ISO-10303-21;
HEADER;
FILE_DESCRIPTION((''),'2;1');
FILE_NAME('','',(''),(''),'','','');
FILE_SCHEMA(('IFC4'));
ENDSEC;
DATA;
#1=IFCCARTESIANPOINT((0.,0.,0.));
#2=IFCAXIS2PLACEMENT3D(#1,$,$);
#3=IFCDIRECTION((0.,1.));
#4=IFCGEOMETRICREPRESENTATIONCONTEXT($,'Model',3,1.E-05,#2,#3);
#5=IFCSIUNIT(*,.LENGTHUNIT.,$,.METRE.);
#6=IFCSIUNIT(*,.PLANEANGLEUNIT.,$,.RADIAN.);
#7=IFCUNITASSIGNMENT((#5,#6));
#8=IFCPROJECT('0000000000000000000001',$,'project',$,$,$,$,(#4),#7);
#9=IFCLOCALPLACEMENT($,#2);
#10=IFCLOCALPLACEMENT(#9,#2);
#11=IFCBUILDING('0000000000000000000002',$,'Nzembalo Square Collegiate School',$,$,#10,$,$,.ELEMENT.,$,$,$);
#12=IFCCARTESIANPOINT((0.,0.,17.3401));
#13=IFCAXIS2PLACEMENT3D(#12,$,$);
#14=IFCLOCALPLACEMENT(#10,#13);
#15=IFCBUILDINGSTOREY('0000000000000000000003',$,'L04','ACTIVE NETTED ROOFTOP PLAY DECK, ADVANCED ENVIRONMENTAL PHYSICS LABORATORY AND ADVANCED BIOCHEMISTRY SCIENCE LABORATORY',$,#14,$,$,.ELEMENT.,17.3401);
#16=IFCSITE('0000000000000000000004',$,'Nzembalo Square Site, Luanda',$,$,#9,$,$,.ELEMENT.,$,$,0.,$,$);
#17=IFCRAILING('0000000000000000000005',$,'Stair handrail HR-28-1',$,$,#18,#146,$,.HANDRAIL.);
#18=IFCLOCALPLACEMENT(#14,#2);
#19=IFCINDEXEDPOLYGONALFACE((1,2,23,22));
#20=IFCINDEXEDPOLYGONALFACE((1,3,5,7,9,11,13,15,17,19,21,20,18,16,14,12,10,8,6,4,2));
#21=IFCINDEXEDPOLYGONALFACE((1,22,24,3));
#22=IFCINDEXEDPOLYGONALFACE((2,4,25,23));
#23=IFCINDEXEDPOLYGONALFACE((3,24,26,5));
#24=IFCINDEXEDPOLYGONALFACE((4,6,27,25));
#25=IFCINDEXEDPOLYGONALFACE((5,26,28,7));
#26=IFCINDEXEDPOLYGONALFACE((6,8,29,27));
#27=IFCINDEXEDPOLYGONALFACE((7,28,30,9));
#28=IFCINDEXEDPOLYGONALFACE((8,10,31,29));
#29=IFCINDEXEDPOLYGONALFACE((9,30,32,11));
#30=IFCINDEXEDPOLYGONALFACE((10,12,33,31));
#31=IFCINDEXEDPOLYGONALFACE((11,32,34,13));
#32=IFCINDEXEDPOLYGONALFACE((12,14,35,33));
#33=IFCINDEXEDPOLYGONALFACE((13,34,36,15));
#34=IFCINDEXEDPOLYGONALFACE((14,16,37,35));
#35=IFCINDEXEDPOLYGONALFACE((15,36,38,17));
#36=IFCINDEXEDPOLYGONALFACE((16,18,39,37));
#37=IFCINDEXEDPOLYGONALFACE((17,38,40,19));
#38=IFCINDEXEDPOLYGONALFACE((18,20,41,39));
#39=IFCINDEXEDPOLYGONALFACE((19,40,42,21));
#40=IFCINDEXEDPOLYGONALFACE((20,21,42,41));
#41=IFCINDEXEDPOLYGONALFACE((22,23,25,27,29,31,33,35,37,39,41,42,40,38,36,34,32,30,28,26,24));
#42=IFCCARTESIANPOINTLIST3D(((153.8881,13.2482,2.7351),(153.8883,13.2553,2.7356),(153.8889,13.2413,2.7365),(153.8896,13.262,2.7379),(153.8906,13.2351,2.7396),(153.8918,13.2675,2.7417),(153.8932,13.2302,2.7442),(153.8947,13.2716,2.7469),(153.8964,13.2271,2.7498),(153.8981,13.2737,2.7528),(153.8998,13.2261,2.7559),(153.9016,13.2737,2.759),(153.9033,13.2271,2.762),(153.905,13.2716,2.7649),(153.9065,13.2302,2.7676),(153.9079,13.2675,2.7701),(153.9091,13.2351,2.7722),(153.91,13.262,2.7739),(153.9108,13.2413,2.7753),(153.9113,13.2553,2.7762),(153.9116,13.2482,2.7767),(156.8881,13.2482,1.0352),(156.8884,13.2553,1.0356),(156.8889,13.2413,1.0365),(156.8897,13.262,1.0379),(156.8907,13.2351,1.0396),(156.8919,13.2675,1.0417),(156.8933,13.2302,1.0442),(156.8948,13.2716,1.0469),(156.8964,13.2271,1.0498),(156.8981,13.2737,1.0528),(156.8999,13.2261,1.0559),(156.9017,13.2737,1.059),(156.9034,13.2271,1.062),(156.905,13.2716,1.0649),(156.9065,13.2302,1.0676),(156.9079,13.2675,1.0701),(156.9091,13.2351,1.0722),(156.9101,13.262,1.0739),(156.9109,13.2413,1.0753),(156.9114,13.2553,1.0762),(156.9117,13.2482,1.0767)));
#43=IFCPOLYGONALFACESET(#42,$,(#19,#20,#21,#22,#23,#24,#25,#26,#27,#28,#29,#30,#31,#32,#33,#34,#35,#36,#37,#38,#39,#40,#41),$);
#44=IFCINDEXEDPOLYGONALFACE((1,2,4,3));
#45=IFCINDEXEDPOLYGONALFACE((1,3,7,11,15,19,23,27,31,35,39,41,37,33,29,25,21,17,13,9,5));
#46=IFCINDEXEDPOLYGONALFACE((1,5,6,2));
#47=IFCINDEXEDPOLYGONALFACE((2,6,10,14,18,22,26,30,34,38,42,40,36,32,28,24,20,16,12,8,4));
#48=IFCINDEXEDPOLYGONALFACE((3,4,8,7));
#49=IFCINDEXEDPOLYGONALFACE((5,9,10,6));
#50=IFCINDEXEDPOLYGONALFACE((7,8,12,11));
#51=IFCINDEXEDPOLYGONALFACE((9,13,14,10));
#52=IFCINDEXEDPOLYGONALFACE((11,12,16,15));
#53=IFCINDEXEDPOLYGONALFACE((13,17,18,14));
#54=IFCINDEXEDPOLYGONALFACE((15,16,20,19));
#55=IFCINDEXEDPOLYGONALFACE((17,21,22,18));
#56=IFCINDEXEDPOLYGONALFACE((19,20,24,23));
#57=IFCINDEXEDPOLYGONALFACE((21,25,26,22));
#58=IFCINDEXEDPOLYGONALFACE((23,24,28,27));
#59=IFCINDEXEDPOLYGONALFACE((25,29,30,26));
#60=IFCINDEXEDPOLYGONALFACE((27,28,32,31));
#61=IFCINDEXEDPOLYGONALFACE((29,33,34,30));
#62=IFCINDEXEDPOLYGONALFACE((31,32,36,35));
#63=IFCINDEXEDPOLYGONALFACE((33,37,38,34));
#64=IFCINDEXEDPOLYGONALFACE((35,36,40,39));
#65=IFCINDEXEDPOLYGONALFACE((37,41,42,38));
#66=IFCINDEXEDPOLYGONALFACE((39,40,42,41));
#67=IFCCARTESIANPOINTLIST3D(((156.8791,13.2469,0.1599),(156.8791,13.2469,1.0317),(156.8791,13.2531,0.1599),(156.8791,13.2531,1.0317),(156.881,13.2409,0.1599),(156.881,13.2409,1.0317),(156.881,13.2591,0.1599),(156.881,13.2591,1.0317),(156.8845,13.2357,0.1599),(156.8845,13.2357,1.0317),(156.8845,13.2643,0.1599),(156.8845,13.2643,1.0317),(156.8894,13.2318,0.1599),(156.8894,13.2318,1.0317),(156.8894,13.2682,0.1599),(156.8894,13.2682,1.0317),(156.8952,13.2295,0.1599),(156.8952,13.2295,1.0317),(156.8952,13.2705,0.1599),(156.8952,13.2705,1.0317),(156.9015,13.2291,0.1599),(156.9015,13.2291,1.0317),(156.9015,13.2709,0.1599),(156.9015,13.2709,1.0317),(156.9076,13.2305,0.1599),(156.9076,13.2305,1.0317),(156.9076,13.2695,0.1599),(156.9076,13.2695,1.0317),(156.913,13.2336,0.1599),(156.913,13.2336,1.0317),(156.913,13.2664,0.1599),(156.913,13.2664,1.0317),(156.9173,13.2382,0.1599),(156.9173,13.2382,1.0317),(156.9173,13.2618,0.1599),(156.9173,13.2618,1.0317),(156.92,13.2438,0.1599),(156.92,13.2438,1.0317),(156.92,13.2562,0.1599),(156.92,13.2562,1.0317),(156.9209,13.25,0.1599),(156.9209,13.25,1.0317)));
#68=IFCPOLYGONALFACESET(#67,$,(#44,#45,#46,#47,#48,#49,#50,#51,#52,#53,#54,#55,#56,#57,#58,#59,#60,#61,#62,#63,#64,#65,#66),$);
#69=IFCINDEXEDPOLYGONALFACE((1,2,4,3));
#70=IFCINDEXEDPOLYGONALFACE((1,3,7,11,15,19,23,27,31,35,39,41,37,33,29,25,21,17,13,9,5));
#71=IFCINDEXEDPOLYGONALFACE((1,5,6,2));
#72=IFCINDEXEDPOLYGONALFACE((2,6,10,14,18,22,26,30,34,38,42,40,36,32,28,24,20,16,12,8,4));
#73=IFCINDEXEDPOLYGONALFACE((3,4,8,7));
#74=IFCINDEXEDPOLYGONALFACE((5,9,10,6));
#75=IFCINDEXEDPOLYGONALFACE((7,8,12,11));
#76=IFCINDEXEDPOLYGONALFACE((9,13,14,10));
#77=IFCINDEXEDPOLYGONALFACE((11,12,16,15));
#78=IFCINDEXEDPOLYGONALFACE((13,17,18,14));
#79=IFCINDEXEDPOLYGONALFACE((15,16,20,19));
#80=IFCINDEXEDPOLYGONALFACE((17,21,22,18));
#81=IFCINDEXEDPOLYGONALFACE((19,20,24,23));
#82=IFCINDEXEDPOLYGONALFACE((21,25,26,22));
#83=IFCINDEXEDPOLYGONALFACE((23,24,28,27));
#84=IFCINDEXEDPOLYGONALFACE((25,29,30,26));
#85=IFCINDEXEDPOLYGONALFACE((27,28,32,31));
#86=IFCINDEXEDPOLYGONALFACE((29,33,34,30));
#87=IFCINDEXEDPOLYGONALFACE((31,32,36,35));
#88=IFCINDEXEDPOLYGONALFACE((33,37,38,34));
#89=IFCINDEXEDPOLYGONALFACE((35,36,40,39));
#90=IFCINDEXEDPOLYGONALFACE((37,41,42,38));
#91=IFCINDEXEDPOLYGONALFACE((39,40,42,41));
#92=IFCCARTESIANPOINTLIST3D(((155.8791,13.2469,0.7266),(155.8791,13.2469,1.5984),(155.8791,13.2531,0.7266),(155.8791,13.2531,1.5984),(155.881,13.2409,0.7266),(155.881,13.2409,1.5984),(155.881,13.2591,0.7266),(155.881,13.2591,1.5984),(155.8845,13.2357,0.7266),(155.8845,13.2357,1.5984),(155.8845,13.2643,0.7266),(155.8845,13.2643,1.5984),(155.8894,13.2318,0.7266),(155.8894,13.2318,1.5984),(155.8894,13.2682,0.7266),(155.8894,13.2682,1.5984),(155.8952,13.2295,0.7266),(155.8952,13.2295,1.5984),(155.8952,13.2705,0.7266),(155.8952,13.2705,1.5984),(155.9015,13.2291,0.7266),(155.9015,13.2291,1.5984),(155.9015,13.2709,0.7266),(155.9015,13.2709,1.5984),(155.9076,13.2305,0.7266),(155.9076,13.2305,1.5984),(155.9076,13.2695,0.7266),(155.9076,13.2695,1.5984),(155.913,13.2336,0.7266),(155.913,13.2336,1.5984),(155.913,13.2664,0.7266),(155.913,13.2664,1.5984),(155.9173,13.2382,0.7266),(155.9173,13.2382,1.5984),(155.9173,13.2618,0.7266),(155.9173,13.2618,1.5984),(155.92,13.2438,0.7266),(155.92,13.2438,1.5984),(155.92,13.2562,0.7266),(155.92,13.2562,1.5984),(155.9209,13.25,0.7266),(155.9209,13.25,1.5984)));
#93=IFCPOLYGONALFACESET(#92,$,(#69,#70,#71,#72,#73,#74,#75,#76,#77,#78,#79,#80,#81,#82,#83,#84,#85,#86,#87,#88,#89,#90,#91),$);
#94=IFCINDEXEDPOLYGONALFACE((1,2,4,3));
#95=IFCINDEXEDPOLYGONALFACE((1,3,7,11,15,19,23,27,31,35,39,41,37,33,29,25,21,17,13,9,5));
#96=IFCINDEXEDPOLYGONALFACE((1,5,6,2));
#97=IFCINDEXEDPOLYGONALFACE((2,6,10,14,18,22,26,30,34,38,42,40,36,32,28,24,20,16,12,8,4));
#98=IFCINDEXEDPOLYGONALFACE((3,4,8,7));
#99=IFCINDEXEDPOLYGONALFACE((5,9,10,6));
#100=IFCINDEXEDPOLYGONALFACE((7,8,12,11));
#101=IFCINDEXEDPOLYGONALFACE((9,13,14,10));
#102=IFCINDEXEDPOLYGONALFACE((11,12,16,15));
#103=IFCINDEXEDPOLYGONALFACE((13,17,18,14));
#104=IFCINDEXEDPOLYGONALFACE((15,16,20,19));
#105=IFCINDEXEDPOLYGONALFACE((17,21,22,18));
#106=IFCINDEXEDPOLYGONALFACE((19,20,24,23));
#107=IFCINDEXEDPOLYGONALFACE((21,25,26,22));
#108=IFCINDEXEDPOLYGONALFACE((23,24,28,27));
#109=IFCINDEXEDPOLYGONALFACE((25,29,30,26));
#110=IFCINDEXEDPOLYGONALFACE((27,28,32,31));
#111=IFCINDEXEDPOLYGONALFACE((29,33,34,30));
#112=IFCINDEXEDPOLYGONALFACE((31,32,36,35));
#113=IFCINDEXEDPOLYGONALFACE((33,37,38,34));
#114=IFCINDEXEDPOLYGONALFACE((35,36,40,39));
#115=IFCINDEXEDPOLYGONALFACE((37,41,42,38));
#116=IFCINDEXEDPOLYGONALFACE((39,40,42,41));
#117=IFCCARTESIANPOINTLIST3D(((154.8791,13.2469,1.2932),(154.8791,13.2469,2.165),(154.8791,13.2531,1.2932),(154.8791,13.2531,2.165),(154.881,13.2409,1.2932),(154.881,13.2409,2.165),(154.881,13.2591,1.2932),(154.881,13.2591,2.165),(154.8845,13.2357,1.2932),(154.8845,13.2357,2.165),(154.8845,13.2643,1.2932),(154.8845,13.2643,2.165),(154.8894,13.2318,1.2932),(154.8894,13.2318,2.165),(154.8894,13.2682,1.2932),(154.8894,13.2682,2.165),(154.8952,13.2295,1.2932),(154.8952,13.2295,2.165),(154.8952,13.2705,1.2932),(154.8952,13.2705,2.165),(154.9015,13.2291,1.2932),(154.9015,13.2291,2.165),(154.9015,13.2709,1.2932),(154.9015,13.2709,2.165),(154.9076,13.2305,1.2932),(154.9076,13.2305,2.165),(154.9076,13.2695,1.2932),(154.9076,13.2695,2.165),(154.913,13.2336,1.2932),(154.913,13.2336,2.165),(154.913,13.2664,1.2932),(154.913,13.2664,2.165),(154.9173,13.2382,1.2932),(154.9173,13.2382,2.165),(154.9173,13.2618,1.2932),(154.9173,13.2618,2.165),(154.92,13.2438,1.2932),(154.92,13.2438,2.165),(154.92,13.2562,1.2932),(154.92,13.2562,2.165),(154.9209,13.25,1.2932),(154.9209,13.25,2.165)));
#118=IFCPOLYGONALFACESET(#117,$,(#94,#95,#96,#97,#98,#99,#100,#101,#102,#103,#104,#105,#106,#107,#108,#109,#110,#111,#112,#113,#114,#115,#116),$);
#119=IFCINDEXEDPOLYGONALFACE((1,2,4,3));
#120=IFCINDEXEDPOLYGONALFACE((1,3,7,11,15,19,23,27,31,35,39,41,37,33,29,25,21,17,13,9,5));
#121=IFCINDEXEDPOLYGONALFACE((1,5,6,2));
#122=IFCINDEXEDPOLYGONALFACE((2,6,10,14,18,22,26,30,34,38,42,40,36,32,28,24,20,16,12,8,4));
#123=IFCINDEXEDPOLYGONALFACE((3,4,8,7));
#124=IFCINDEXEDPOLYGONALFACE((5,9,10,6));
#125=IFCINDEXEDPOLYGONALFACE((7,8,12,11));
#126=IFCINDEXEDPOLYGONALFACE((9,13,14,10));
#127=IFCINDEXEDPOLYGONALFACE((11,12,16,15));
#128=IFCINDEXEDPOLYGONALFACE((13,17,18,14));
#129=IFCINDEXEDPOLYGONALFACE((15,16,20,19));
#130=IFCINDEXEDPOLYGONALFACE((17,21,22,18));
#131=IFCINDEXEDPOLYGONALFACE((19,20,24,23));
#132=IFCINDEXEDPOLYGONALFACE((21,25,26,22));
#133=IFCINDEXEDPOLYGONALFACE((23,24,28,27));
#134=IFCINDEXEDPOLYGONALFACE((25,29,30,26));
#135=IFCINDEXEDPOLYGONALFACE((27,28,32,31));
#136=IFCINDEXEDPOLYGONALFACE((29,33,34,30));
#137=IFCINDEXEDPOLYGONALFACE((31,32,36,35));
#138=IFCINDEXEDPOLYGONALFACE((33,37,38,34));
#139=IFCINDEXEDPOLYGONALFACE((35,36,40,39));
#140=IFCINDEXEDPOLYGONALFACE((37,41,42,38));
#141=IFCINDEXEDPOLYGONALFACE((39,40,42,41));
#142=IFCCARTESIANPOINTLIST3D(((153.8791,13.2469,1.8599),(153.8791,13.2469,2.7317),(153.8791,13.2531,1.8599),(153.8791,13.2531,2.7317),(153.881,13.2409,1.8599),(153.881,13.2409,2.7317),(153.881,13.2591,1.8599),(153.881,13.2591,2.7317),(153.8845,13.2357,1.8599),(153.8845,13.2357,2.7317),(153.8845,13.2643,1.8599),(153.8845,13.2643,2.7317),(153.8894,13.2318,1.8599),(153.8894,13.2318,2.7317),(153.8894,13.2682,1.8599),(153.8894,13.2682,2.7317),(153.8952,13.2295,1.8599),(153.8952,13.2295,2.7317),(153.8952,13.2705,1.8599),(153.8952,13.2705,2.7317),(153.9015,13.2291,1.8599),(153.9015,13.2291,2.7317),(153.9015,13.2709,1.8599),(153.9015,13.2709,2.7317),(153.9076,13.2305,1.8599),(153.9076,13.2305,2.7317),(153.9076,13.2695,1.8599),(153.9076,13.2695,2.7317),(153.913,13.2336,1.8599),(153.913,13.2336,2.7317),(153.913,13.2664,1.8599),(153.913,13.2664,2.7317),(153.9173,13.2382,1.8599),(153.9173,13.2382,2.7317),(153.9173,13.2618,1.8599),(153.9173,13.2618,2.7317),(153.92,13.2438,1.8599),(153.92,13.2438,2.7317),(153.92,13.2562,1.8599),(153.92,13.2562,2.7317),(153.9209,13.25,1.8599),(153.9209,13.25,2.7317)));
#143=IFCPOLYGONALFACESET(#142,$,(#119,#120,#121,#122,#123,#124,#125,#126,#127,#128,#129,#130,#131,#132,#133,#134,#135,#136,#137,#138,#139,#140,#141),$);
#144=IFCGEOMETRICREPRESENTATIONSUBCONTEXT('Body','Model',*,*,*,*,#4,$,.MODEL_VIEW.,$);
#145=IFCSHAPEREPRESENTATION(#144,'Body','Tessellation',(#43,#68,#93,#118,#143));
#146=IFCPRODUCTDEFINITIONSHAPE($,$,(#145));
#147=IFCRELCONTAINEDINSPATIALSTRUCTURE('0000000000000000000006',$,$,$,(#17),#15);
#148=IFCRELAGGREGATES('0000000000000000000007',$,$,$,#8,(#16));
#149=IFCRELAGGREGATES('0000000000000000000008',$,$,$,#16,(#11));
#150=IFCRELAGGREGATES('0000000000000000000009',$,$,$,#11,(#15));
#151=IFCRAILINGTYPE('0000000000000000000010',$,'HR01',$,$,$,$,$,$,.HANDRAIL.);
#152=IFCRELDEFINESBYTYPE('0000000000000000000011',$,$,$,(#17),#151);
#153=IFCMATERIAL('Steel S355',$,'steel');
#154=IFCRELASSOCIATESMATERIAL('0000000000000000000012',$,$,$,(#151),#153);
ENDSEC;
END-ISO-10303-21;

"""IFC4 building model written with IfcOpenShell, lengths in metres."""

from ifc_helpers import new_model, si_unit, direction, frame, origin, origin_2d, place, context, subcontext, project, spatial, circle, extrude, material, type_object, element, save


model = new_model("IFC4")

# Units and contexts
model_context = context("Model", 3, precision=1e-05, world=origin(), true_north=direction((0.0, 1.0)))
body_context = subcontext(model_context, "Body", "Model", "MODEL_VIEW")
ifc_project = project(units=[si_unit("LENGTHUNIT", "METRE"), si_unit("PLANEANGLEUNIT", "RADIAN")], contexts=[model_context])

# Site, building, storey
site_placement = place(None, origin())
site = spatial("IfcSite", under=ifc_project, at=site_placement, Name="Nzembalo Square Site, Luanda", CompositionType="ELEMENT", RefElevation=0.0)
building_placement = place(site_placement, origin())
building = spatial("IfcBuilding", under=site, at=building_placement, Name="Nzembalo Square Collegiate School", CompositionType="ELEMENT")
storey_placement = place(building_placement, frame((0.0, 0.0, 17.3401)))
storey = spatial("IfcBuildingStorey", under=building, at=storey_placement, Name="L04", Description="ACTIVE NETTED ROOFTOP PLAY DECK, ADVANCED ENVIRONMENTAL PHYSICS LABORATORY AND ADVANCED BIOCHEMISTRY SCIENCE LABORATORY", CompositionType="ELEMENT", Elevation=17.3401)

# Railing
ifc_material_1 = material(Name="Steel S355", Category="steel")
railing_type_1 = type_object("IfcRailingType", Name="HR01", PredefinedType="HANDRAIL", material=ifc_material_1)
railing_1_placement = place(storey_placement, frame((156.8999, 13.25, 0.1599)))
element("IfcRailing", 1, at=railing_1_placement, inside=storey, type_object=railing_type_1, Name="Stair handrail HR-28-1", PredefinedType="HANDRAIL", context=body_context, shape_type="SweptSolid", body=[
    extrude(circle(Radius=0.0239, at=origin_2d()), frame((0.0, 0.0, 0.896), z_axis=(-0.870028, 0.0, 0.493002), x_axis=(0.0, -1.0, 0.0)), (0.0, 0.0, 1.0), 3.4482),
    extrude(circle(Radius=0.021, at=origin_2d()), origin(), (0.0, 0.0, 1.0), 0.8718),
    extrude(circle(Radius=0.021, at=origin_2d()), frame((-1.0, 0.0, 0.5667)), (0.0, 0.0, 1.0), 0.8718),
    extrude(circle(Radius=0.021, at=origin_2d()), frame((-2.0, 0.0, 1.1333)), (0.0, 0.0, 1.0), 0.8718),
    extrude(circle(Radius=0.021, at=origin_2d()), frame((-3.0, 0.0, 1.7)), (0.0, 0.0, 1.0), 0.8718),
])

save(model, "model.ifc")
